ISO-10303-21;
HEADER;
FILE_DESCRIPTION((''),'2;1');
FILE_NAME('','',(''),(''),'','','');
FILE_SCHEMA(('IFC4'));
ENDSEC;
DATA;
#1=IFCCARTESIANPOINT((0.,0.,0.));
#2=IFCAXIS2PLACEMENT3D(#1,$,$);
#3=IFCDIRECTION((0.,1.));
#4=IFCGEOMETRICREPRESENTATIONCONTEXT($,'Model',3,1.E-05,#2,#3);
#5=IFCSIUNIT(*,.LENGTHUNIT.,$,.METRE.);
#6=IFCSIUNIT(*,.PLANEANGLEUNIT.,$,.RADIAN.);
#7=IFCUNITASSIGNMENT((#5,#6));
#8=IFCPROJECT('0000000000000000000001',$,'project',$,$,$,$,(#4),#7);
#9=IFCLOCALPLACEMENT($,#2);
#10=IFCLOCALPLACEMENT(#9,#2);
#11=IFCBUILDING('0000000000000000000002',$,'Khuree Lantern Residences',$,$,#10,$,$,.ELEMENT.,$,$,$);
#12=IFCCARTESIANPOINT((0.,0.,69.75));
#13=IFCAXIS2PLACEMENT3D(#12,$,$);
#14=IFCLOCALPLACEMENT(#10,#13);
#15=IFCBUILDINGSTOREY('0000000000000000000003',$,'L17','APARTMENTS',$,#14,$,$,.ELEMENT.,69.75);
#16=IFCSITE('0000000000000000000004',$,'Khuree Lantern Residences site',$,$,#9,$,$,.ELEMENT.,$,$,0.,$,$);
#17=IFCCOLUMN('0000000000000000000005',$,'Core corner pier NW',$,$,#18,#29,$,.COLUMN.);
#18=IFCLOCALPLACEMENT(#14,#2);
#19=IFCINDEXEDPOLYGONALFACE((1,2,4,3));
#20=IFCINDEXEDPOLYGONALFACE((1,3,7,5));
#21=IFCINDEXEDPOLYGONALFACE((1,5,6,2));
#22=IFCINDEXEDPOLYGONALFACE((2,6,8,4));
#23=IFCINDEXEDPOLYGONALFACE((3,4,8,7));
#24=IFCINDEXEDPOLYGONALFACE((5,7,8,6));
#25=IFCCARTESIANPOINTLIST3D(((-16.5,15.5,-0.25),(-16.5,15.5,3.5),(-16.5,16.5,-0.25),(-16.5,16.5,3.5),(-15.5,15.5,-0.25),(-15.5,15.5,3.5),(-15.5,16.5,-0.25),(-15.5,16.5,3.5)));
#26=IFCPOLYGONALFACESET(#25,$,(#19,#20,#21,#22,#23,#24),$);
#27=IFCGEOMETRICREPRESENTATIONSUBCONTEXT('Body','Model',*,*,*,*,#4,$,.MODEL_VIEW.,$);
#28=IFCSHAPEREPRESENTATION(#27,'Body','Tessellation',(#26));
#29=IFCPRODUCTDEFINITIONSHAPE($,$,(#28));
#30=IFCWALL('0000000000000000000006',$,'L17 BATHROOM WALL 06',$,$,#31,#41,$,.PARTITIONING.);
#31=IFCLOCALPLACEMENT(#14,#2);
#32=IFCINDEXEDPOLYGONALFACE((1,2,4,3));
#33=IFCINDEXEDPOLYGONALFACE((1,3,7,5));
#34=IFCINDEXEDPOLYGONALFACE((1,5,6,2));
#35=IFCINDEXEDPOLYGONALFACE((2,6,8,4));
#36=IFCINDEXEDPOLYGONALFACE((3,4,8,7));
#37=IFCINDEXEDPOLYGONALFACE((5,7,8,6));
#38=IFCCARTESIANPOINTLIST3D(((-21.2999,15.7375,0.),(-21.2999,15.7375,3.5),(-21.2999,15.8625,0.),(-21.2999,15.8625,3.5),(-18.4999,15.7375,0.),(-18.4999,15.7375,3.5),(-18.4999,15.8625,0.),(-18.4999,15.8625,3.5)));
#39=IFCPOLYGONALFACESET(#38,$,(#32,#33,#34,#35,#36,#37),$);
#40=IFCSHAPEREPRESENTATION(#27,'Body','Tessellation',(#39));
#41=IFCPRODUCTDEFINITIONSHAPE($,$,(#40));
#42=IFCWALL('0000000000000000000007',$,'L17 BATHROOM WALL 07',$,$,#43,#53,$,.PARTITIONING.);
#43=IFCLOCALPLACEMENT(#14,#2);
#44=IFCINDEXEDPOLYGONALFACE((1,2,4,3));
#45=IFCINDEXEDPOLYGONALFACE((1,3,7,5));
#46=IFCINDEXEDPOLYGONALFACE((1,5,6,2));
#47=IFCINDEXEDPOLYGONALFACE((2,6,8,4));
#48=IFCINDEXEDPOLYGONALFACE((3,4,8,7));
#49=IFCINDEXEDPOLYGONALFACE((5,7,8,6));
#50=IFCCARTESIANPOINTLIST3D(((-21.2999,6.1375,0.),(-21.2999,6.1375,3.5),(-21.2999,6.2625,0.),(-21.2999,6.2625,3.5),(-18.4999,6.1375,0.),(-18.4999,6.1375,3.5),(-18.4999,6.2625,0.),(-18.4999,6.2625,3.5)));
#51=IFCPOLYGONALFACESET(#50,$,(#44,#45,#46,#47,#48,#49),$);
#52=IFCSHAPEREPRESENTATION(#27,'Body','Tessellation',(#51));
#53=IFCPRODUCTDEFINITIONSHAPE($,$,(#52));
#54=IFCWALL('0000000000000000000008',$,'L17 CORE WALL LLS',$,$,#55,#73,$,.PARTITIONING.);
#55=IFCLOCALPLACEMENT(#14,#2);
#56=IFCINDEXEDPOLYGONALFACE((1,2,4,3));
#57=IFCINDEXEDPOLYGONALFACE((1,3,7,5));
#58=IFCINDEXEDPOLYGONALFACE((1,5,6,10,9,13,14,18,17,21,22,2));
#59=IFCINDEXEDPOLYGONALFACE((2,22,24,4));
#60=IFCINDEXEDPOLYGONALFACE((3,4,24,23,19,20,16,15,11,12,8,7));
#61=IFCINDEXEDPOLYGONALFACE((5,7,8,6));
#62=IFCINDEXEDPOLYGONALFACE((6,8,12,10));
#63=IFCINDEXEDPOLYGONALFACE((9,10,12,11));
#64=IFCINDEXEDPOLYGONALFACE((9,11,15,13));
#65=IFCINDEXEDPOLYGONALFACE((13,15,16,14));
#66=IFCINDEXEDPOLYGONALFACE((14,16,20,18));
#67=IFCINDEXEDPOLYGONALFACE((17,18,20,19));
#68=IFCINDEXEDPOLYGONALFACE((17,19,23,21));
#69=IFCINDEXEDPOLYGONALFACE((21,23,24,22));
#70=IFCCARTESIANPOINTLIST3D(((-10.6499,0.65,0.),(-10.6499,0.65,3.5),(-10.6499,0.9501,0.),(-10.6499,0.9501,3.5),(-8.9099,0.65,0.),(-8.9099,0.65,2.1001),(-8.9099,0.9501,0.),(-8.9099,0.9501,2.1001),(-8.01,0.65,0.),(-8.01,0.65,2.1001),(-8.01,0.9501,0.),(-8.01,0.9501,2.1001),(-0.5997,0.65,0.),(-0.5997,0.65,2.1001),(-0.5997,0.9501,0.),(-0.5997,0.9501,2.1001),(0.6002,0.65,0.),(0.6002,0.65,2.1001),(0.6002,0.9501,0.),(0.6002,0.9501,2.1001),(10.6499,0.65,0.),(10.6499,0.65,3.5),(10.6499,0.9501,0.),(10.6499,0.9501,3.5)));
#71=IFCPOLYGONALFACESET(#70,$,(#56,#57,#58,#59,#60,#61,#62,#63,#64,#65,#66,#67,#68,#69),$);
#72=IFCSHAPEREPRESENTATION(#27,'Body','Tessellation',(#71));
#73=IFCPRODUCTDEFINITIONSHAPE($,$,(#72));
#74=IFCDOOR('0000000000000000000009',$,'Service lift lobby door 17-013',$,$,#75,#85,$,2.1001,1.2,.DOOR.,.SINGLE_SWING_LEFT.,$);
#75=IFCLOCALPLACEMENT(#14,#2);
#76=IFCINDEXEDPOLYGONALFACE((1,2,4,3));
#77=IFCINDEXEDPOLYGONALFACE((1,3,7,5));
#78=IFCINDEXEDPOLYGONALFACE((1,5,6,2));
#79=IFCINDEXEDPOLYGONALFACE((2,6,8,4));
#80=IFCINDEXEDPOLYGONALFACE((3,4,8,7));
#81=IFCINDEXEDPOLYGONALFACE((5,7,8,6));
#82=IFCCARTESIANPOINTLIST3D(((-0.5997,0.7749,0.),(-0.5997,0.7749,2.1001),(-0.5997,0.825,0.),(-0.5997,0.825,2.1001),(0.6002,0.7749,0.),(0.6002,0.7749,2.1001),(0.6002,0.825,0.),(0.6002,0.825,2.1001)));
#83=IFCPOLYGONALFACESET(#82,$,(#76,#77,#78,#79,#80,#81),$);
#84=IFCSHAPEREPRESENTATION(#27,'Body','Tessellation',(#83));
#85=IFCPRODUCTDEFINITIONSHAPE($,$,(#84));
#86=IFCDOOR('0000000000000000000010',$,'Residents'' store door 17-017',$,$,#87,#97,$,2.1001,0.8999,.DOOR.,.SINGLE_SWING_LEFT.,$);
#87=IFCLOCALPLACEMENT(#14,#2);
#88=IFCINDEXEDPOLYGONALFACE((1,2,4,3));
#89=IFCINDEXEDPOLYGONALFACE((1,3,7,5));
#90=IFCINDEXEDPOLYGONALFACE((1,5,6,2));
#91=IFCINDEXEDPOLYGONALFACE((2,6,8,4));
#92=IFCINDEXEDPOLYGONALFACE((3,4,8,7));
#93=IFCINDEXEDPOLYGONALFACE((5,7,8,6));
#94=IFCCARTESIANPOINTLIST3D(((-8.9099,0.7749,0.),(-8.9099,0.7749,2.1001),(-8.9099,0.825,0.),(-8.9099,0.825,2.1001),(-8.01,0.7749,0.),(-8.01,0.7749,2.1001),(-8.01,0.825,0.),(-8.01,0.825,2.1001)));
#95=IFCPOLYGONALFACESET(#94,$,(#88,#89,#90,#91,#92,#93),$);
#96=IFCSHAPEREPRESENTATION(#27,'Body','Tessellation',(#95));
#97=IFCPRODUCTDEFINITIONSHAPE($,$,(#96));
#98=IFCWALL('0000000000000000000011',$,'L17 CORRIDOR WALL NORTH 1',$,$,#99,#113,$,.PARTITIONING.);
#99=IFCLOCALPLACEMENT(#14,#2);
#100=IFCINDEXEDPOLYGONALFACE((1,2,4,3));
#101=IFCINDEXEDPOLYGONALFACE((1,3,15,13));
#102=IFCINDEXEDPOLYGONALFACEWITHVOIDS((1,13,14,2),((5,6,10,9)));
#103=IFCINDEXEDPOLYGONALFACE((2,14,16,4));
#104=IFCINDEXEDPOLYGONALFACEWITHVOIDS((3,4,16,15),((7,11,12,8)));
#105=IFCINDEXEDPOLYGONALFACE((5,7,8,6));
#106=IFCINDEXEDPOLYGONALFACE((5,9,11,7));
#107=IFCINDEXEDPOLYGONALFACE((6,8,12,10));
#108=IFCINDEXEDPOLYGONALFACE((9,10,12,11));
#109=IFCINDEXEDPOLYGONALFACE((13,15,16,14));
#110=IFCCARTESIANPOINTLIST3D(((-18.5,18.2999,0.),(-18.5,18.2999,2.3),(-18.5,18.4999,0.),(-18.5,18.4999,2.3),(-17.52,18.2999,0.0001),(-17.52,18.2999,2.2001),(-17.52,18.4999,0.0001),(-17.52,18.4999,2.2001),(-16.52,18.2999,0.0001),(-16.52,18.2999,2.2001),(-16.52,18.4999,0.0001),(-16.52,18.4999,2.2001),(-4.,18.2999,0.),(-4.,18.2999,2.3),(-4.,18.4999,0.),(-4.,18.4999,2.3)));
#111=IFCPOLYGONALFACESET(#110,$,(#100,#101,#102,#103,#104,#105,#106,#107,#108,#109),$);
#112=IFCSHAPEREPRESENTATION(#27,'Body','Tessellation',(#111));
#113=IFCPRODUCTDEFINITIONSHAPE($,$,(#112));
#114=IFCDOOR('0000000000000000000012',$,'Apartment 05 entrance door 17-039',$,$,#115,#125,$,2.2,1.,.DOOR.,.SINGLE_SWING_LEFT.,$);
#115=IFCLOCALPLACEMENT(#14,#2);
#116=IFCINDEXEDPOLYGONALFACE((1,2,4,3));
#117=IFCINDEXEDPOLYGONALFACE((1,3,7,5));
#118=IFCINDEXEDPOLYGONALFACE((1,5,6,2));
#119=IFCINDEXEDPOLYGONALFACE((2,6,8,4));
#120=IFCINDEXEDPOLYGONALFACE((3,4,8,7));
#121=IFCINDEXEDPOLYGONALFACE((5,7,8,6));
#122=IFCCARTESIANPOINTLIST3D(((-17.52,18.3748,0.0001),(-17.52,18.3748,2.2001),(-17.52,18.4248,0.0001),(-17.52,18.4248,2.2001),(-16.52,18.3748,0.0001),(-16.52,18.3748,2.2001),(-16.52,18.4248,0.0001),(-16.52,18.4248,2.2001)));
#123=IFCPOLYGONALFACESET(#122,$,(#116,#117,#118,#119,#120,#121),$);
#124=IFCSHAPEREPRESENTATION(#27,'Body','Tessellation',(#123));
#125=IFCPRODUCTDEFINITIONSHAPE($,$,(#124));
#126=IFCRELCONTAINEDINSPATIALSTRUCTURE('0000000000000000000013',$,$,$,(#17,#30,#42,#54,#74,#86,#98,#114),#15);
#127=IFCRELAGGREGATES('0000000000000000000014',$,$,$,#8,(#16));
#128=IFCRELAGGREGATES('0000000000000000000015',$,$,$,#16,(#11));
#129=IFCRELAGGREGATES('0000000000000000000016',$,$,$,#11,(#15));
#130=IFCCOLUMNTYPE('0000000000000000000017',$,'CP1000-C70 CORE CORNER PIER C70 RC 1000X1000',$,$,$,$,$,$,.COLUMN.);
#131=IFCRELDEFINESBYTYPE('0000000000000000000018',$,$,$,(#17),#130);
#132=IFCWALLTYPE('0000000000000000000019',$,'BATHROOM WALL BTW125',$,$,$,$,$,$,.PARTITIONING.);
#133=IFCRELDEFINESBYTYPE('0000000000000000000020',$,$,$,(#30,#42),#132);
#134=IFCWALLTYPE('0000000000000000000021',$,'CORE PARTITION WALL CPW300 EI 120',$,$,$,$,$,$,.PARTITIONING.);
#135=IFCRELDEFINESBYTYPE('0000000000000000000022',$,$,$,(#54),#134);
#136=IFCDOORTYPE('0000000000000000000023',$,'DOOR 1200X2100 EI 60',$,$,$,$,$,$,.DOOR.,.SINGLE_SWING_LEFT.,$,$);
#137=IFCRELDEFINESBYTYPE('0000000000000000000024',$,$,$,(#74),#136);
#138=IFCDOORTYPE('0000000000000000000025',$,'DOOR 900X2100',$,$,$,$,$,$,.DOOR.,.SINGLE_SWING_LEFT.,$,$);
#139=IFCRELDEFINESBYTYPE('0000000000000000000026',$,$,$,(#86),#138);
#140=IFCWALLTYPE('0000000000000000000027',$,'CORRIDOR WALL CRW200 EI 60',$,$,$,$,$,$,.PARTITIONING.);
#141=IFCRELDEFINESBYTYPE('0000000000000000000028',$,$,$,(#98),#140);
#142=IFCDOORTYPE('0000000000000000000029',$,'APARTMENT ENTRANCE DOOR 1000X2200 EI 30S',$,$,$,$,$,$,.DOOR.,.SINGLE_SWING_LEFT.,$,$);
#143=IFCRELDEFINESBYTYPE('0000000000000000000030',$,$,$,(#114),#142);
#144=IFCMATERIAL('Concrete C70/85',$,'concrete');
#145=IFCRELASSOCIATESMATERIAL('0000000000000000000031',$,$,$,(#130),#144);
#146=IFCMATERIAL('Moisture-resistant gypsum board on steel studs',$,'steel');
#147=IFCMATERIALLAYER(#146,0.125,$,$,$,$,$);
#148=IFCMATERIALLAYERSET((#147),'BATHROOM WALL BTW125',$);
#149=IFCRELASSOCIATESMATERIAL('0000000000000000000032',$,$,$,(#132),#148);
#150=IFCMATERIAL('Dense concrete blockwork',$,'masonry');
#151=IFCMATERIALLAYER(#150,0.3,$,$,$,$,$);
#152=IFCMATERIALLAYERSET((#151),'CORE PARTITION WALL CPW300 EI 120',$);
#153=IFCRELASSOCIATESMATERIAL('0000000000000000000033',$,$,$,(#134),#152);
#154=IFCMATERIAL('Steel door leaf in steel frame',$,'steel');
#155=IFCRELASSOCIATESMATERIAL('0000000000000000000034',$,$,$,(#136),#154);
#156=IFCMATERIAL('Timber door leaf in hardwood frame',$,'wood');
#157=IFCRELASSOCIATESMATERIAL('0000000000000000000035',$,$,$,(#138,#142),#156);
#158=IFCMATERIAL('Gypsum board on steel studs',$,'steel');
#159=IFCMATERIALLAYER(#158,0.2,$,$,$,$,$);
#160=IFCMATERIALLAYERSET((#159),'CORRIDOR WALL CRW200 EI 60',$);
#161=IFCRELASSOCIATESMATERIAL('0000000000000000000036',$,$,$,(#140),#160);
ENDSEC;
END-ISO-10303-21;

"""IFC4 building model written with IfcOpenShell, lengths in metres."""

from ifc_helpers import new_model, si_unit, direction, frame, frame_2d, origin, origin_2d, place, context, subcontext, project, spatial, rectangle, extrude, material, layer, layer_set, material_profile, profile_set, type_object, element, fill, save


model = new_model("IFC4")

# Units and contexts
model_context = context("Model", 3, precision=1e-05, world=origin(), true_north=direction((0.0, 1.0)))
body_context = subcontext(model_context, "Body", "Model", "MODEL_VIEW")
ifc_project = project(units=[si_unit("LENGTHUNIT", "METRE"), si_unit("PLANEANGLEUNIT", "RADIAN")], contexts=[model_context])

# Site, building, storey
site_placement = place(None, origin())
site = spatial("IfcSite", under=ifc_project, at=site_placement, Name="Khuree Lantern Residences site", CompositionType="ELEMENT", RefElevation=0.0)
building_placement = place(site_placement, origin())
building = spatial("IfcBuilding", under=site, at=building_placement, Name="Khuree Lantern Residences", CompositionType="ELEMENT")
storey_placement = place(building_placement, frame((0.0, 0.0, 69.75)))
storey = spatial("IfcBuildingStorey", under=building, at=storey_placement, Name="L17", Description="APARTMENTS", CompositionType="ELEMENT", Elevation=69.75)

# Column
ifc_material_1 = material(Name="Concrete C70/85", Category="concrete")
ifc_material_profile = material_profile(ifc_material_1, rectangle(XDim=1.0, YDim=1.0, at=origin_2d()), Name="RC 1000X1000")
ifc_profile_set = profile_set([ifc_material_profile], Name="Concrete C70/85")
column_type = type_object("IfcColumnType", Name="CP1000-C70 CORE CORNER PIER C70 RC 1000X1000", PredefinedType="COLUMN", material=ifc_profile_set)
column_placement = place(storey_placement, frame((-16.0, 16.0, -0.25), z_axis=(0.0, 0.0, 1.0), x_axis=(1.0, 0.0, 0.0)))
element("IfcColumn", 1, at=column_placement, inside=storey, type_object=column_type, Name="Core corner pier NW", PredefinedType="COLUMN", context=body_context, shape_type="SweptSolid", body=[
    extrude(rectangle(XDim=1.0, YDim=1.0, at=origin_2d()), origin(), (0.0, 0.0, 1.0), 3.75),
])

# Walls
ifc_material_2 = material(Name="Moisture-resistant gypsum board on steel studs", Category="steel")
ifc_layer_1 = layer(ifc_material_2, 0.125)
ifc_layer_set_1 = layer_set([ifc_layer_1], Name="BATHROOM WALL BTW125")
wall_type_1 = type_object("IfcWallType", Name="BATHROOM WALL BTW125", PredefinedType="PARTITIONING", material=ifc_layer_set_1)
for number, where, z_axis, x_axis, name in (
    (2, (-18.5, 15.8, 0.0), (0.0, 0.0, 1.0), (-1.0, 0.0, 0.0), "L17 BATHROOM WALL 06"),
    (3, (-18.5, 6.2, 0.0), (0.0, 0.0, 1.0), (-1.0, 0.0, 0.0), "L17 BATHROOM WALL 07"),
):
    element("IfcWall", number, at=place(storey_placement, frame(where, z_axis=z_axis, x_axis=x_axis)), inside=storey, type_object=wall_type_1, Name=name, PredefinedType="PARTITIONING", context=body_context, shape_type="SweptSolid", body=[
        extrude(rectangle(XDim=2.8, YDim=0.125, at=frame_2d((1.3999, 0.0))), origin(), (0.0, 0.0, 1.0), 3.5),
    ])

# Wall, openings, doors
ifc_material_3 = material(Name="Dense concrete blockwork", Category="masonry")
ifc_layer_2 = layer(ifc_material_3, 0.3)
ifc_layer_set_2 = layer_set([ifc_layer_2], Name="CORE PARTITION WALL CPW300 EI 120")
wall_type_2 = type_object("IfcWallType", Name="CORE PARTITION WALL CPW300 EI 120", PredefinedType="PARTITIONING", material=ifc_layer_set_2)
wall_1_placement = place(storey_placement, frame((-10.6499, 0.8, 0.0), z_axis=(0.0, 0.0, 1.0), x_axis=(1.0, 0.0, 0.0)))
wall_1 = element("IfcWall", 4, at=wall_1_placement, inside=storey, type_object=wall_type_2, Name="L17 CORE WALL LLS", PredefinedType="PARTITIONING", context=body_context, shape_type="SweptSolid", body=[
    extrude(rectangle(XDim=21.2998, YDim=0.3, at=frame_2d((10.6499, 0.0))), origin(), (0.0, 0.0, 1.0), 3.5),
])
opening_1_placement = place(wall_1_placement, frame((10.05, 0.0, 0.0)))
opening_1 = element("IfcOpeningElement", 5, at=opening_1_placement, cuts=wall_1, PredefinedType="OPENING", context=body_context, shape_type="SweptSolid", body=[
    extrude(rectangle(XDim=1.2, YDim=2.1001, at=frame_2d((0.6001, 1.05))), frame((0.0, 0.1602, 0.0), z_axis=(0.0, -1.0, 0.0), x_axis=(1.0, 0.0, 0.0)), (0.0, 0.0, 1.0), 0.3201),
])
opening_2_placement = place(wall_1_placement, frame((1.74, 0.0, 0.0)))
opening_2 = element("IfcOpeningElement", 6, at=opening_2_placement, cuts=wall_1, PredefinedType="OPENING", context=body_context, shape_type="SweptSolid", body=[
    extrude(rectangle(XDim=0.8999, YDim=2.1001, at=frame_2d((0.45, 1.05))), frame((0.0, 0.1602, 0.0), z_axis=(0.0, -1.0, 0.0), x_axis=(1.0, 0.0, 0.0)), (0.0, 0.0, 1.0), 0.3201),
])
ifc_material_4 = material(Name="Steel door leaf in steel frame", Category="steel")
door_type_1 = type_object("IfcDoorType", Name="DOOR 1200X2100 EI 60", OperationType="SINGLE_SWING_LEFT", PredefinedType="DOOR", material=ifc_material_4)
door_1_placement = place(opening_1_placement, origin())
door_1 = element("IfcDoor", 7, at=door_1_placement, inside=storey, type_object=door_type_1, Name="Service lift lobby door 17-013", OperationType="SINGLE_SWING_LEFT", OverallHeight=2.1001, OverallWidth=1.2, PredefinedType="DOOR", context=body_context, shape_type="SweptSolid", body=[
    extrude(rectangle(XDim=1.2, YDim=2.1001, at=frame_2d((0.6001, 1.05))), frame((0.0, 0.0249, 0.0), z_axis=(0.0, -1.0, 0.0), x_axis=(1.0, 0.0, 0.0)), (0.0, 0.0, 1.0), 0.05),
])
fill(opening_1, door_1)
ifc_material_5 = material(Name="Timber door leaf in hardwood frame", Category="wood")
door_type_2 = type_object("IfcDoorType", Name="DOOR 900X2100", OperationType="SINGLE_SWING_LEFT", PredefinedType="DOOR", material=ifc_material_5)
door_2_placement = place(opening_2_placement, origin())
door_2 = element("IfcDoor", 8, at=door_2_placement, inside=storey, type_object=door_type_2, Name="Residents' store door 17-017", OperationType="SINGLE_SWING_LEFT", OverallHeight=2.1001, OverallWidth=0.8999, PredefinedType="DOOR", context=body_context, shape_type="SweptSolid", body=[
    extrude(rectangle(XDim=0.8999, YDim=2.1001, at=frame_2d((0.45, 1.05))), frame((0.0, 0.0249, 0.0), z_axis=(0.0, -1.0, 0.0), x_axis=(1.0, 0.0, 0.0)), (0.0, 0.0, 1.0), 0.05),
])
fill(opening_2, door_2)

# Wall, opening, door
ifc_material_6 = material(Name="Gypsum board on steel studs", Category="steel")
ifc_layer_3 = layer(ifc_material_6, 0.2)
ifc_layer_set_3 = layer_set([ifc_layer_3], Name="CORRIDOR WALL CRW200 EI 60")
wall_type_3 = type_object("IfcWallType", Name="CORRIDOR WALL CRW200 EI 60", PredefinedType="PARTITIONING", material=ifc_layer_set_3)
wall_2_placement = place(storey_placement, frame((-18.5, 18.3999, 0.0), z_axis=(0.0, 0.0, 1.0), x_axis=(1.0, 0.0, 0.0)))
wall_2 = element("IfcWall", 9, at=wall_2_placement, inside=storey, type_object=wall_type_3, Name="L17 CORRIDOR WALL NORTH 1", PredefinedType="PARTITIONING", context=body_context, shape_type="SweptSolid", body=[
    extrude(rectangle(XDim=14.5, YDim=0.2, at=frame_2d((7.25, 0.0))), origin(), (0.0, 0.0, 1.0), 2.3),
])
opening_3_placement = place(wall_2_placement, frame((0.98, 0.0, 0.0)))
opening_3 = element("IfcOpeningElement", 10, at=opening_3_placement, cuts=wall_2, PredefinedType="OPENING", context=body_context, shape_type="SweptSolid", body=[
    extrude(rectangle(XDim=1.0, YDim=2.2, at=frame_2d((0.5, 1.1001))), frame((0.0, 0.1099, 0.0), z_axis=(0.0, -1.0, 0.0), x_axis=(1.0, 0.0, 0.0)), (0.0, 0.0, 1.0), 0.22),
])
door_type_3 = type_object("IfcDoorType", Name="APARTMENT ENTRANCE DOOR 1000X2200 EI 30S", OperationType="SINGLE_SWING_LEFT", PredefinedType="DOOR", material=ifc_material_5)
door_3_placement = place(opening_3_placement, origin())
door_3 = element("IfcDoor", 11, at=door_3_placement, inside=storey, type_object=door_type_3, Name="Apartment 05 entrance door 17-039", OperationType="SINGLE_SWING_LEFT", OverallHeight=2.2, OverallWidth=1.0, PredefinedType="DOOR", context=body_context, shape_type="SweptSolid", body=[
    extrude(rectangle(XDim=1.0, YDim=2.2, at=frame_2d((0.5, 1.1001))), frame((0.0, 0.0249, 0.0), z_axis=(0.0, -1.0, 0.0), x_axis=(1.0, 0.0, 0.0)), (0.0, 0.0, 1.0), 0.05),
])
fill(opening_3, door_3)

save(model, "model.ifc")
